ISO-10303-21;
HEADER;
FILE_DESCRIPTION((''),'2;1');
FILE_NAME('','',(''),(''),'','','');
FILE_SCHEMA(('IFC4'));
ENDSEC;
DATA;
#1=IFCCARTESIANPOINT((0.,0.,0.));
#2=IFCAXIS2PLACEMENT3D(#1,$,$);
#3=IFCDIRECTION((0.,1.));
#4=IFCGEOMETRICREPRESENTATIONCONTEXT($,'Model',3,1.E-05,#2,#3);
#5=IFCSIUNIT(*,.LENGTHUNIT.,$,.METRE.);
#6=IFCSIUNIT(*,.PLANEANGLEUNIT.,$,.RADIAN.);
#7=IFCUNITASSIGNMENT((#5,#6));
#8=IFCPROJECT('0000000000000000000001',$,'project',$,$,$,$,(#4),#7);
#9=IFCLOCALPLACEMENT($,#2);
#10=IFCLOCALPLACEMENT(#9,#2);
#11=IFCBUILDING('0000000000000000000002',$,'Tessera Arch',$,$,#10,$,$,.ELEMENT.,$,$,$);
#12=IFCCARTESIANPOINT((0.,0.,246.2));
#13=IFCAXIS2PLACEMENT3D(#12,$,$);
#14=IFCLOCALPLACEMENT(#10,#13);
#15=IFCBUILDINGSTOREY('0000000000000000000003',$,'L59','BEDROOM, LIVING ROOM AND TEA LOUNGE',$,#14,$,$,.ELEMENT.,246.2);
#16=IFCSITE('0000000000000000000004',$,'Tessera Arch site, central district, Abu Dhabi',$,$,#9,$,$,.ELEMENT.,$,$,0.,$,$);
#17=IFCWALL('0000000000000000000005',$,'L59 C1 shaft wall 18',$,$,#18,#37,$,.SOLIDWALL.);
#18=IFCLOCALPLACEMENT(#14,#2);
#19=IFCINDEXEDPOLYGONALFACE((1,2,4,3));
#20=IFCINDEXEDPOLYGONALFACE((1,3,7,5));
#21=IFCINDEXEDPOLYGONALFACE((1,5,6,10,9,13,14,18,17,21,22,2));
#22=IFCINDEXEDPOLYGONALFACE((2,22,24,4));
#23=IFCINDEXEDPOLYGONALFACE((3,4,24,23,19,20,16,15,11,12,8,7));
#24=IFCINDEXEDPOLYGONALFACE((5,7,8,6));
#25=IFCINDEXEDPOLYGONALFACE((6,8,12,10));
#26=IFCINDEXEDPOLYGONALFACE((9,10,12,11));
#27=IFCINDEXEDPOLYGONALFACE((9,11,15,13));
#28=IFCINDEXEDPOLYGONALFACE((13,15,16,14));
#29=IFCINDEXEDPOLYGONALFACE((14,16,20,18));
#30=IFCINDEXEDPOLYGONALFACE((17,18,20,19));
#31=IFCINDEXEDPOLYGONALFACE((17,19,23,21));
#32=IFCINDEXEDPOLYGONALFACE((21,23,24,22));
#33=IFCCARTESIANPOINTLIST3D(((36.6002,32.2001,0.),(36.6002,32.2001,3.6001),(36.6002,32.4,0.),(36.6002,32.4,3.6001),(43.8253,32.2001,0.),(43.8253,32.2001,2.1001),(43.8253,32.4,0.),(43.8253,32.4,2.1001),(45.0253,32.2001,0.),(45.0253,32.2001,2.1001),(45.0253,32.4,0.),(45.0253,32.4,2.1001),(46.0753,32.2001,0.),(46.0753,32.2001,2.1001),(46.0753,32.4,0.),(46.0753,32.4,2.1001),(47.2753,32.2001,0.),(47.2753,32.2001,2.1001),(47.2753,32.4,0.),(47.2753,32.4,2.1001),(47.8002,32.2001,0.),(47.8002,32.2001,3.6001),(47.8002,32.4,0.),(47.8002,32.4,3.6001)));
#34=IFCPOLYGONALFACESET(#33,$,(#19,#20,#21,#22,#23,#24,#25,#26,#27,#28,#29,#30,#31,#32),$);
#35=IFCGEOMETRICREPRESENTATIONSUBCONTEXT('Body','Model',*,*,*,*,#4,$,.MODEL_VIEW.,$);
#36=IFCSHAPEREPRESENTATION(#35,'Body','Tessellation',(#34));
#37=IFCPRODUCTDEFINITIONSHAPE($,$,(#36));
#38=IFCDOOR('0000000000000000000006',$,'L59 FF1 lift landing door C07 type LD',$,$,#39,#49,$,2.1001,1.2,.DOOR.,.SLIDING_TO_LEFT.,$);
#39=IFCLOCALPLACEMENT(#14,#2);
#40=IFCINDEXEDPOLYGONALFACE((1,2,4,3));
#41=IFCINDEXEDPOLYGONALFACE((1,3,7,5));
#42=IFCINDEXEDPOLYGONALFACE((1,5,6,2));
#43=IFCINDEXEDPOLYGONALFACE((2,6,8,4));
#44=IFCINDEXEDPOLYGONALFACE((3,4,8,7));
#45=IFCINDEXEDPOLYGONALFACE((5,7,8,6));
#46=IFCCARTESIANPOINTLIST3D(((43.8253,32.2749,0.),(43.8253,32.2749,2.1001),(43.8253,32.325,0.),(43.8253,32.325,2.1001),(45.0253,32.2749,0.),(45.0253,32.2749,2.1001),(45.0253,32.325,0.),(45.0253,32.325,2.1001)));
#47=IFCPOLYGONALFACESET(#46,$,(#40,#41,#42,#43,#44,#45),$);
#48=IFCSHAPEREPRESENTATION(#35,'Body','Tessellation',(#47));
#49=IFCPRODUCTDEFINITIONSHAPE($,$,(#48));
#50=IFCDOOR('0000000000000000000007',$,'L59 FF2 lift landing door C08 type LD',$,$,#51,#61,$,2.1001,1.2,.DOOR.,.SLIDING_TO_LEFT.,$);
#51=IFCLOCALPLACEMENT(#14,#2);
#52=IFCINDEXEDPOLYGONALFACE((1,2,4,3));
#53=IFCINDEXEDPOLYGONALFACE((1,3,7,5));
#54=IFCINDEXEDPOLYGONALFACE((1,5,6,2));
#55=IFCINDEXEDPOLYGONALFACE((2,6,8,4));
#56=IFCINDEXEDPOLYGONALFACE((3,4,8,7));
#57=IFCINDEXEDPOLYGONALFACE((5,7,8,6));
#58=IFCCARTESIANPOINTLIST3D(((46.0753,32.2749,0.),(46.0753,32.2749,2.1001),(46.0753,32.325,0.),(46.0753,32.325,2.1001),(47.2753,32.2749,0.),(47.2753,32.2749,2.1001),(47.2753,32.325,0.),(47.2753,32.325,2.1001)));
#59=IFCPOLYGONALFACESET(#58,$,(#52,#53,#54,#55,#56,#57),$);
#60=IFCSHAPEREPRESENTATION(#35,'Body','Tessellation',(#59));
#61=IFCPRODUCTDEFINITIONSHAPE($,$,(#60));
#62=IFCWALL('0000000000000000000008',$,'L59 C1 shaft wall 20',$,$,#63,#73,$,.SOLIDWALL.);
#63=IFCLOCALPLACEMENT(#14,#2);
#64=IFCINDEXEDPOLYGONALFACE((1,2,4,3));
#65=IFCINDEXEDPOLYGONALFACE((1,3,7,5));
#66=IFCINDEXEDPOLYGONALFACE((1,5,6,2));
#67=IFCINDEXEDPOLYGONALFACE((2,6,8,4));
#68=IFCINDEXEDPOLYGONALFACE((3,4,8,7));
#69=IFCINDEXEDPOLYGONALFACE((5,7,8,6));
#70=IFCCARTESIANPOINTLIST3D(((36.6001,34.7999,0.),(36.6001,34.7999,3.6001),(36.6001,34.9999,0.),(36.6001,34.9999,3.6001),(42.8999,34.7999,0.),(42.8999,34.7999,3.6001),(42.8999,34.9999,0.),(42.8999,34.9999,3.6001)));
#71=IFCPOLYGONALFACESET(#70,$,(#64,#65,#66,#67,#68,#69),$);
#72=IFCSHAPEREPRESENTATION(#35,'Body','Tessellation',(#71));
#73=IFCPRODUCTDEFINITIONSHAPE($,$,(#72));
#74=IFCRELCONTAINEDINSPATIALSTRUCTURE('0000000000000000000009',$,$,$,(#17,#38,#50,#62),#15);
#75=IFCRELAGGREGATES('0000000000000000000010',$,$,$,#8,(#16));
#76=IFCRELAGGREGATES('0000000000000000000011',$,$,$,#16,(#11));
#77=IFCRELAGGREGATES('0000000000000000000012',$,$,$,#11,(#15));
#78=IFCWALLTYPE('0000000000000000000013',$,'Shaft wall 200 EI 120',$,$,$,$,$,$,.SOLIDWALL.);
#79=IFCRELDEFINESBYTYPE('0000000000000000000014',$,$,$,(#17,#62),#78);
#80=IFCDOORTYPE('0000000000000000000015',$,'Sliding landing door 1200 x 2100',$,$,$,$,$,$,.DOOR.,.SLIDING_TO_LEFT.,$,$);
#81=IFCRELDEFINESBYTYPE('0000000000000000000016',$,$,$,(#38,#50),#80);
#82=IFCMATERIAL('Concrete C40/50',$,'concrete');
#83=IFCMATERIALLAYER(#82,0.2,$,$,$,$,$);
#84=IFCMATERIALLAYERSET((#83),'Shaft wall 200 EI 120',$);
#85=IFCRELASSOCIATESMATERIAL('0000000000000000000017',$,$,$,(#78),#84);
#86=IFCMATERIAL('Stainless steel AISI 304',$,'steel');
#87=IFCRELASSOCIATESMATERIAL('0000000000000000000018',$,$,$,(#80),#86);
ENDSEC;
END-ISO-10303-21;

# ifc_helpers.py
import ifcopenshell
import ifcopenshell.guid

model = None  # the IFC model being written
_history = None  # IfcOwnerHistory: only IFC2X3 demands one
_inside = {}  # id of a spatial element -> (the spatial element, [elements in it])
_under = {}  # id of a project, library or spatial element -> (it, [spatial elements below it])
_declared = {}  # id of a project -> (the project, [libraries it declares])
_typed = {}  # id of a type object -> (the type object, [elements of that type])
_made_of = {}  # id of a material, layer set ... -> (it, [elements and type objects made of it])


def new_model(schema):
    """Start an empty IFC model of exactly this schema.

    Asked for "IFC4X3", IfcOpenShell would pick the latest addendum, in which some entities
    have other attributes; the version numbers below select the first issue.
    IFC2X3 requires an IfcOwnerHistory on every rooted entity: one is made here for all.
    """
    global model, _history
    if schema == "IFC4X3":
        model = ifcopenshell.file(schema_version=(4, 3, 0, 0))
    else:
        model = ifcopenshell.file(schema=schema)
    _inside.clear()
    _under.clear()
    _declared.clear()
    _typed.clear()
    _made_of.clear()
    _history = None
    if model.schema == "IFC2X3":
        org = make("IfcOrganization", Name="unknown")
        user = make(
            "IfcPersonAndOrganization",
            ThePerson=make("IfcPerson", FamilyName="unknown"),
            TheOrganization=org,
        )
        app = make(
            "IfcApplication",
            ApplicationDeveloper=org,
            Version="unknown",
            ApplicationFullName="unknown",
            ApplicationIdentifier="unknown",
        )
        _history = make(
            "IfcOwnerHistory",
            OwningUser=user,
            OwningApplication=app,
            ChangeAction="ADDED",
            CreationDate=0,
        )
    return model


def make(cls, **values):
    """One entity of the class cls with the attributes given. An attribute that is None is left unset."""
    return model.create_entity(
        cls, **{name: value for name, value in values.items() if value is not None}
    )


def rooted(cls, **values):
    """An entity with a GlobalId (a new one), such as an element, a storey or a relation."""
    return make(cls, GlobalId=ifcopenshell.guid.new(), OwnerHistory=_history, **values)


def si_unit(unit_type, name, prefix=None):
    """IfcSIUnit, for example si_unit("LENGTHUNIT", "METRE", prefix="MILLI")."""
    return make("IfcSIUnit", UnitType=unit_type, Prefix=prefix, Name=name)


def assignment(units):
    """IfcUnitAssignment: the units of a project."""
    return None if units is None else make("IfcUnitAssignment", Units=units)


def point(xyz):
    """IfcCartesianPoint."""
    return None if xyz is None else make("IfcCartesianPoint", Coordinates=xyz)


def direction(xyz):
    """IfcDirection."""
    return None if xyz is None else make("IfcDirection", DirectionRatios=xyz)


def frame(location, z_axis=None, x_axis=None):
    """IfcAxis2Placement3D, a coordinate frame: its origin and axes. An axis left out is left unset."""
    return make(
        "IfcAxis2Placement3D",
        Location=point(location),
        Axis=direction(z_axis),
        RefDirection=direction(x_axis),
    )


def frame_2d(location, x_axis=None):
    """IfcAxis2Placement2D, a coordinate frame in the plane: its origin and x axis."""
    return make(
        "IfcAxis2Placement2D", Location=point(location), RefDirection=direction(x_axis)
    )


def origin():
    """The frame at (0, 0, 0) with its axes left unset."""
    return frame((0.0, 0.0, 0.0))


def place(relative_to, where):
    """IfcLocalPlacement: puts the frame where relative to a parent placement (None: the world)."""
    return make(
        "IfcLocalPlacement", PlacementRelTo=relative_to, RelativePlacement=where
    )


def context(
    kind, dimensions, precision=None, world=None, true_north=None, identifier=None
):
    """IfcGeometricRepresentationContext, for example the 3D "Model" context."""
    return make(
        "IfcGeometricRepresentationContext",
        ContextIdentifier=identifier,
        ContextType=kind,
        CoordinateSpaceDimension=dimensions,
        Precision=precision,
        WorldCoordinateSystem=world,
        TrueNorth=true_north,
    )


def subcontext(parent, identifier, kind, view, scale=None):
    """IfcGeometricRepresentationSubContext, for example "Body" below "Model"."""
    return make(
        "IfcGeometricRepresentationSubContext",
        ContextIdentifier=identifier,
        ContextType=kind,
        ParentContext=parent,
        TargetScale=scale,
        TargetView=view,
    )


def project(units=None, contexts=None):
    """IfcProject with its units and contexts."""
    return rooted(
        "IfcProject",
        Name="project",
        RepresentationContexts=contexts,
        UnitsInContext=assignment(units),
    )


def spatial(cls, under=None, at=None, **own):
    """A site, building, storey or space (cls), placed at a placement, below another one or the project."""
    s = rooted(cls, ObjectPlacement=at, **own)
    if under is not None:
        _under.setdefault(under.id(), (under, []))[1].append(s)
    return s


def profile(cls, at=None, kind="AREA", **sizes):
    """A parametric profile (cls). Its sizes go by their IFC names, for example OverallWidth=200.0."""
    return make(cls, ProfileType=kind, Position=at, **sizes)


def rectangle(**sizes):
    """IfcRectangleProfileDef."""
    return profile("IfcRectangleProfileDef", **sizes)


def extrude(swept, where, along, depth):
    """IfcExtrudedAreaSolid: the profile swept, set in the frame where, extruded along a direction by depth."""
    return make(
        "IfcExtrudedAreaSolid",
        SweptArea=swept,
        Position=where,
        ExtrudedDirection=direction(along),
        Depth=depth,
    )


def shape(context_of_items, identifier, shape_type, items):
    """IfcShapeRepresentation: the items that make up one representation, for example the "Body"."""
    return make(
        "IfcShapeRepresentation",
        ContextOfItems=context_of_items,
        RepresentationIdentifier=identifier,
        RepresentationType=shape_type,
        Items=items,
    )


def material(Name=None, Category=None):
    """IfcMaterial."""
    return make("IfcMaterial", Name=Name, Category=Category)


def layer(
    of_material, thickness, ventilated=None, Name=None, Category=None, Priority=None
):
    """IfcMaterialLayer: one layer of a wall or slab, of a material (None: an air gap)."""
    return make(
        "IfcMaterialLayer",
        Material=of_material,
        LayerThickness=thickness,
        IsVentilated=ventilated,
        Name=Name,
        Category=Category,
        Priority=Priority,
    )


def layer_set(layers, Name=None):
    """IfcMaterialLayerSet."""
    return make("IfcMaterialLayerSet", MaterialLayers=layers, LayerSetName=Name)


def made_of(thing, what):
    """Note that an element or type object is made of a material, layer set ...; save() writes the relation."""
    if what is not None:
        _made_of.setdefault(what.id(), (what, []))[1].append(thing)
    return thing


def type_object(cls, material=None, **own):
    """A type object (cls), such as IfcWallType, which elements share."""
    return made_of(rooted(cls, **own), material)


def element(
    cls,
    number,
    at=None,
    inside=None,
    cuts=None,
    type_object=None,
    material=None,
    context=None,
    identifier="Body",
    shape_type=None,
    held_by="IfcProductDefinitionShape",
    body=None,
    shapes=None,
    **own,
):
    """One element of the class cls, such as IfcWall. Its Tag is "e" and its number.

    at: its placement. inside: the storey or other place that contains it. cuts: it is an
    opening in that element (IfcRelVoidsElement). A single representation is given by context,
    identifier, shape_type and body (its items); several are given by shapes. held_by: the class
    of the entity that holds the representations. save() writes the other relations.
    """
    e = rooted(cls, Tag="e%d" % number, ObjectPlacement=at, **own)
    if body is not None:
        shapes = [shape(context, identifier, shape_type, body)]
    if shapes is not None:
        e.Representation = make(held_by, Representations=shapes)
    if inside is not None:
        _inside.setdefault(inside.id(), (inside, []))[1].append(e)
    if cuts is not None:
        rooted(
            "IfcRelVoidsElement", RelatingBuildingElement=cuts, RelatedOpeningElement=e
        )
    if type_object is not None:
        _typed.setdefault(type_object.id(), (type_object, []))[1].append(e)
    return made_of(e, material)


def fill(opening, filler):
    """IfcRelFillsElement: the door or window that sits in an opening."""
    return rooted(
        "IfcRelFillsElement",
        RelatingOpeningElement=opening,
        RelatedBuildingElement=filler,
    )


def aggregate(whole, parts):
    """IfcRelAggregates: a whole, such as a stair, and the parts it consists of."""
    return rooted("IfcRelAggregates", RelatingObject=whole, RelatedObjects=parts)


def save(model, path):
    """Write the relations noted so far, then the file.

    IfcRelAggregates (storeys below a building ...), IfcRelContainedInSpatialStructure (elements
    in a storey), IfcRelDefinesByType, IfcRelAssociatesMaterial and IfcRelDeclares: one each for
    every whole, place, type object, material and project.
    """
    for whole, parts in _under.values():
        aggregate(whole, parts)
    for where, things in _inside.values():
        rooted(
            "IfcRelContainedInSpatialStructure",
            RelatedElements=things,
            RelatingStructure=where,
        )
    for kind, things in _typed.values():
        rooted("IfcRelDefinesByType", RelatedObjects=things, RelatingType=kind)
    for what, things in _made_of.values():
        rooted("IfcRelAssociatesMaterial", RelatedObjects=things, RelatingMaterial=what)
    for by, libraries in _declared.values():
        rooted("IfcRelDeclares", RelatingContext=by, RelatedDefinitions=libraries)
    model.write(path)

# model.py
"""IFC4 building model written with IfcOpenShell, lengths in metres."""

from ifc_helpers import new_model, si_unit, direction, frame, frame_2d, origin, place, context, subcontext, project, spatial, rectangle, extrude, material, layer, layer_set, type_object, element, fill, save


model = new_model("IFC4")

# Units and contexts
model_context = context("Model", 3, precision=1e-05, world=origin(), true_north=direction((0.0, 1.0)))
body_context = subcontext(model_context, "Body", "Model", "MODEL_VIEW")
ifc_project = project(units=[si_unit("LENGTHUNIT", "METRE"), si_unit("PLANEANGLEUNIT", "RADIAN")], contexts=[model_context])

# Site, building, storey
site_placement = place(None, origin())
site = spatial("IfcSite", under=ifc_project, at=site_placement, Name="Tessera Arch site, central district, Abu Dhabi", CompositionType="ELEMENT", RefElevation=0.0)
building_placement = place(site_placement, origin())
building = spatial("IfcBuilding", under=site, at=building_placement, Name="Tessera Arch", CompositionType="ELEMENT")
storey_placement = place(building_placement, frame((0.0, 0.0, 246.2)))
storey = spatial("IfcBuildingStorey", under=building, at=storey_placement, Name="L59", Description="BEDROOM, LIVING ROOM AND TEA LOUNGE", CompositionType="ELEMENT", Elevation=246.2)

# Shared definitions
ifc_material_1 = material(Name="Concrete C40/50", Category="concrete")
ifc_layer_1 = layer(ifc_material_1, 0.2)
ifc_layer_set_1 = layer_set([ifc_layer_1], Name="Shaft wall 200 EI 120")
wall_type = type_object("IfcWallType", Name="Shaft wall 200 EI 120", PredefinedType="SOLIDWALL", material=ifc_layer_set_1)

# Wall, openings, doors
wall_1_placement = place(storey_placement, frame((36.6001, 32.3, 0.0), z_axis=(0.0, 0.0, 1.0), x_axis=(1.0, 0.0, 0.0)))
wall_1 = element("IfcWall", 1, at=wall_1_placement, inside=storey, type_object=wall_type, Name="L59 C1 shaft wall 18", PredefinedType="SOLIDWALL", context=body_context, shape_type="SweptSolid", body=[
    extrude(rectangle(XDim=11.2, YDim=0.2, at=frame_2d((5.6001, 0.0))), origin(), (0.0, 0.0, 1.0), 3.6001),
])
opening_1_placement = place(wall_1_placement, frame((7.2251, 0.0, 0.0)))
opening_1 = element("IfcOpeningElement", 2, at=opening_1_placement, cuts=wall_1, PredefinedType="OPENING", context=body_context, shape_type="SweptSolid", body=[
    extrude(rectangle(XDim=1.2, YDim=2.1001, at=frame_2d((0.6001, 1.05))), frame((0.0, 0.1099, 0.0), z_axis=(0.0, -1.0, 0.0), x_axis=(1.0, 0.0, 0.0)), (0.0, 0.0, 1.0), 0.22),
])
opening_2_placement = place(wall_1_placement, frame((9.4751, 0.0, 0.0)))
opening_2 = element("IfcOpeningElement", 3, at=opening_2_placement, cuts=wall_1, PredefinedType="OPENING", context=body_context, shape_type="SweptSolid", body=[
    extrude(rectangle(XDim=1.2, YDim=2.1001, at=frame_2d((0.6001, 1.05))), frame((0.0, 0.1099, 0.0), z_axis=(0.0, -1.0, 0.0), x_axis=(1.0, 0.0, 0.0)), (0.0, 0.0, 1.0), 0.22),
])
ifc_material_2 = material(Name="Stainless steel AISI 304", Category="steel")
door_type = type_object("IfcDoorType", Name="Sliding landing door 1200 x 2100", OperationType="SLIDING_TO_LEFT", PredefinedType="DOOR", material=ifc_material_2)
door_1_placement = place(opening_1_placement, origin())
door_1 = element("IfcDoor", 4, at=door_1_placement, inside=storey, type_object=door_type, Name="L59 FF1 lift landing door C07 type LD", OperationType="SLIDING_TO_LEFT", OverallHeight=2.1001, OverallWidth=1.2, PredefinedType="DOOR", context=body_context, shape_type="SweptSolid", body=[
    extrude(rectangle(XDim=1.2, YDim=2.1001, at=frame_2d((0.6001, 1.05))), frame((0.0, 0.0249, 0.0), z_axis=(0.0, -1.0, 0.0), x_axis=(1.0, 0.0, 0.0)), (0.0, 0.0, 1.0), 0.05),
])
fill(opening_1, door_1)
door_2_placement = place(opening_2_placement, origin())
door_2 = element("IfcDoor", 5, at=door_2_placement, inside=storey, type_object=door_type, Name="L59 FF2 lift landing door C08 type LD", OperationType="SLIDING_TO_LEFT", OverallHeight=2.1001, OverallWidth=1.2, PredefinedType="DOOR", context=body_context, shape_type="SweptSolid", body=[
    extrude(rectangle(XDim=1.2, YDim=2.1001, at=frame_2d((0.6001, 1.05))), frame((0.0, 0.0249, 0.0), z_axis=(0.0, -1.0, 0.0), x_axis=(1.0, 0.0, 0.0)), (0.0, 0.0, 1.0), 0.05),
])
fill(opening_2, door_2)

# Wall
wall_2_placement = place(storey_placement, frame((36.6001, 34.8999, 0.0), z_axis=(0.0, 0.0, 1.0), x_axis=(1.0, 0.0, 0.0)))
element("IfcWall", 6, at=wall_2_placement, inside=storey, type_object=wall_type, Name="L59 C1 shaft wall 20", PredefinedType="SOLIDWALL", context=body_context, shape_type="SweptSolid", body=[
    extrude(rectangle(XDim=6.2998, YDim=0.2, at=frame_2d((3.1499, 0.0))), origin(), (0.0, 0.0, 1.0), 3.6001),
])

save(model, "model.ifc")
